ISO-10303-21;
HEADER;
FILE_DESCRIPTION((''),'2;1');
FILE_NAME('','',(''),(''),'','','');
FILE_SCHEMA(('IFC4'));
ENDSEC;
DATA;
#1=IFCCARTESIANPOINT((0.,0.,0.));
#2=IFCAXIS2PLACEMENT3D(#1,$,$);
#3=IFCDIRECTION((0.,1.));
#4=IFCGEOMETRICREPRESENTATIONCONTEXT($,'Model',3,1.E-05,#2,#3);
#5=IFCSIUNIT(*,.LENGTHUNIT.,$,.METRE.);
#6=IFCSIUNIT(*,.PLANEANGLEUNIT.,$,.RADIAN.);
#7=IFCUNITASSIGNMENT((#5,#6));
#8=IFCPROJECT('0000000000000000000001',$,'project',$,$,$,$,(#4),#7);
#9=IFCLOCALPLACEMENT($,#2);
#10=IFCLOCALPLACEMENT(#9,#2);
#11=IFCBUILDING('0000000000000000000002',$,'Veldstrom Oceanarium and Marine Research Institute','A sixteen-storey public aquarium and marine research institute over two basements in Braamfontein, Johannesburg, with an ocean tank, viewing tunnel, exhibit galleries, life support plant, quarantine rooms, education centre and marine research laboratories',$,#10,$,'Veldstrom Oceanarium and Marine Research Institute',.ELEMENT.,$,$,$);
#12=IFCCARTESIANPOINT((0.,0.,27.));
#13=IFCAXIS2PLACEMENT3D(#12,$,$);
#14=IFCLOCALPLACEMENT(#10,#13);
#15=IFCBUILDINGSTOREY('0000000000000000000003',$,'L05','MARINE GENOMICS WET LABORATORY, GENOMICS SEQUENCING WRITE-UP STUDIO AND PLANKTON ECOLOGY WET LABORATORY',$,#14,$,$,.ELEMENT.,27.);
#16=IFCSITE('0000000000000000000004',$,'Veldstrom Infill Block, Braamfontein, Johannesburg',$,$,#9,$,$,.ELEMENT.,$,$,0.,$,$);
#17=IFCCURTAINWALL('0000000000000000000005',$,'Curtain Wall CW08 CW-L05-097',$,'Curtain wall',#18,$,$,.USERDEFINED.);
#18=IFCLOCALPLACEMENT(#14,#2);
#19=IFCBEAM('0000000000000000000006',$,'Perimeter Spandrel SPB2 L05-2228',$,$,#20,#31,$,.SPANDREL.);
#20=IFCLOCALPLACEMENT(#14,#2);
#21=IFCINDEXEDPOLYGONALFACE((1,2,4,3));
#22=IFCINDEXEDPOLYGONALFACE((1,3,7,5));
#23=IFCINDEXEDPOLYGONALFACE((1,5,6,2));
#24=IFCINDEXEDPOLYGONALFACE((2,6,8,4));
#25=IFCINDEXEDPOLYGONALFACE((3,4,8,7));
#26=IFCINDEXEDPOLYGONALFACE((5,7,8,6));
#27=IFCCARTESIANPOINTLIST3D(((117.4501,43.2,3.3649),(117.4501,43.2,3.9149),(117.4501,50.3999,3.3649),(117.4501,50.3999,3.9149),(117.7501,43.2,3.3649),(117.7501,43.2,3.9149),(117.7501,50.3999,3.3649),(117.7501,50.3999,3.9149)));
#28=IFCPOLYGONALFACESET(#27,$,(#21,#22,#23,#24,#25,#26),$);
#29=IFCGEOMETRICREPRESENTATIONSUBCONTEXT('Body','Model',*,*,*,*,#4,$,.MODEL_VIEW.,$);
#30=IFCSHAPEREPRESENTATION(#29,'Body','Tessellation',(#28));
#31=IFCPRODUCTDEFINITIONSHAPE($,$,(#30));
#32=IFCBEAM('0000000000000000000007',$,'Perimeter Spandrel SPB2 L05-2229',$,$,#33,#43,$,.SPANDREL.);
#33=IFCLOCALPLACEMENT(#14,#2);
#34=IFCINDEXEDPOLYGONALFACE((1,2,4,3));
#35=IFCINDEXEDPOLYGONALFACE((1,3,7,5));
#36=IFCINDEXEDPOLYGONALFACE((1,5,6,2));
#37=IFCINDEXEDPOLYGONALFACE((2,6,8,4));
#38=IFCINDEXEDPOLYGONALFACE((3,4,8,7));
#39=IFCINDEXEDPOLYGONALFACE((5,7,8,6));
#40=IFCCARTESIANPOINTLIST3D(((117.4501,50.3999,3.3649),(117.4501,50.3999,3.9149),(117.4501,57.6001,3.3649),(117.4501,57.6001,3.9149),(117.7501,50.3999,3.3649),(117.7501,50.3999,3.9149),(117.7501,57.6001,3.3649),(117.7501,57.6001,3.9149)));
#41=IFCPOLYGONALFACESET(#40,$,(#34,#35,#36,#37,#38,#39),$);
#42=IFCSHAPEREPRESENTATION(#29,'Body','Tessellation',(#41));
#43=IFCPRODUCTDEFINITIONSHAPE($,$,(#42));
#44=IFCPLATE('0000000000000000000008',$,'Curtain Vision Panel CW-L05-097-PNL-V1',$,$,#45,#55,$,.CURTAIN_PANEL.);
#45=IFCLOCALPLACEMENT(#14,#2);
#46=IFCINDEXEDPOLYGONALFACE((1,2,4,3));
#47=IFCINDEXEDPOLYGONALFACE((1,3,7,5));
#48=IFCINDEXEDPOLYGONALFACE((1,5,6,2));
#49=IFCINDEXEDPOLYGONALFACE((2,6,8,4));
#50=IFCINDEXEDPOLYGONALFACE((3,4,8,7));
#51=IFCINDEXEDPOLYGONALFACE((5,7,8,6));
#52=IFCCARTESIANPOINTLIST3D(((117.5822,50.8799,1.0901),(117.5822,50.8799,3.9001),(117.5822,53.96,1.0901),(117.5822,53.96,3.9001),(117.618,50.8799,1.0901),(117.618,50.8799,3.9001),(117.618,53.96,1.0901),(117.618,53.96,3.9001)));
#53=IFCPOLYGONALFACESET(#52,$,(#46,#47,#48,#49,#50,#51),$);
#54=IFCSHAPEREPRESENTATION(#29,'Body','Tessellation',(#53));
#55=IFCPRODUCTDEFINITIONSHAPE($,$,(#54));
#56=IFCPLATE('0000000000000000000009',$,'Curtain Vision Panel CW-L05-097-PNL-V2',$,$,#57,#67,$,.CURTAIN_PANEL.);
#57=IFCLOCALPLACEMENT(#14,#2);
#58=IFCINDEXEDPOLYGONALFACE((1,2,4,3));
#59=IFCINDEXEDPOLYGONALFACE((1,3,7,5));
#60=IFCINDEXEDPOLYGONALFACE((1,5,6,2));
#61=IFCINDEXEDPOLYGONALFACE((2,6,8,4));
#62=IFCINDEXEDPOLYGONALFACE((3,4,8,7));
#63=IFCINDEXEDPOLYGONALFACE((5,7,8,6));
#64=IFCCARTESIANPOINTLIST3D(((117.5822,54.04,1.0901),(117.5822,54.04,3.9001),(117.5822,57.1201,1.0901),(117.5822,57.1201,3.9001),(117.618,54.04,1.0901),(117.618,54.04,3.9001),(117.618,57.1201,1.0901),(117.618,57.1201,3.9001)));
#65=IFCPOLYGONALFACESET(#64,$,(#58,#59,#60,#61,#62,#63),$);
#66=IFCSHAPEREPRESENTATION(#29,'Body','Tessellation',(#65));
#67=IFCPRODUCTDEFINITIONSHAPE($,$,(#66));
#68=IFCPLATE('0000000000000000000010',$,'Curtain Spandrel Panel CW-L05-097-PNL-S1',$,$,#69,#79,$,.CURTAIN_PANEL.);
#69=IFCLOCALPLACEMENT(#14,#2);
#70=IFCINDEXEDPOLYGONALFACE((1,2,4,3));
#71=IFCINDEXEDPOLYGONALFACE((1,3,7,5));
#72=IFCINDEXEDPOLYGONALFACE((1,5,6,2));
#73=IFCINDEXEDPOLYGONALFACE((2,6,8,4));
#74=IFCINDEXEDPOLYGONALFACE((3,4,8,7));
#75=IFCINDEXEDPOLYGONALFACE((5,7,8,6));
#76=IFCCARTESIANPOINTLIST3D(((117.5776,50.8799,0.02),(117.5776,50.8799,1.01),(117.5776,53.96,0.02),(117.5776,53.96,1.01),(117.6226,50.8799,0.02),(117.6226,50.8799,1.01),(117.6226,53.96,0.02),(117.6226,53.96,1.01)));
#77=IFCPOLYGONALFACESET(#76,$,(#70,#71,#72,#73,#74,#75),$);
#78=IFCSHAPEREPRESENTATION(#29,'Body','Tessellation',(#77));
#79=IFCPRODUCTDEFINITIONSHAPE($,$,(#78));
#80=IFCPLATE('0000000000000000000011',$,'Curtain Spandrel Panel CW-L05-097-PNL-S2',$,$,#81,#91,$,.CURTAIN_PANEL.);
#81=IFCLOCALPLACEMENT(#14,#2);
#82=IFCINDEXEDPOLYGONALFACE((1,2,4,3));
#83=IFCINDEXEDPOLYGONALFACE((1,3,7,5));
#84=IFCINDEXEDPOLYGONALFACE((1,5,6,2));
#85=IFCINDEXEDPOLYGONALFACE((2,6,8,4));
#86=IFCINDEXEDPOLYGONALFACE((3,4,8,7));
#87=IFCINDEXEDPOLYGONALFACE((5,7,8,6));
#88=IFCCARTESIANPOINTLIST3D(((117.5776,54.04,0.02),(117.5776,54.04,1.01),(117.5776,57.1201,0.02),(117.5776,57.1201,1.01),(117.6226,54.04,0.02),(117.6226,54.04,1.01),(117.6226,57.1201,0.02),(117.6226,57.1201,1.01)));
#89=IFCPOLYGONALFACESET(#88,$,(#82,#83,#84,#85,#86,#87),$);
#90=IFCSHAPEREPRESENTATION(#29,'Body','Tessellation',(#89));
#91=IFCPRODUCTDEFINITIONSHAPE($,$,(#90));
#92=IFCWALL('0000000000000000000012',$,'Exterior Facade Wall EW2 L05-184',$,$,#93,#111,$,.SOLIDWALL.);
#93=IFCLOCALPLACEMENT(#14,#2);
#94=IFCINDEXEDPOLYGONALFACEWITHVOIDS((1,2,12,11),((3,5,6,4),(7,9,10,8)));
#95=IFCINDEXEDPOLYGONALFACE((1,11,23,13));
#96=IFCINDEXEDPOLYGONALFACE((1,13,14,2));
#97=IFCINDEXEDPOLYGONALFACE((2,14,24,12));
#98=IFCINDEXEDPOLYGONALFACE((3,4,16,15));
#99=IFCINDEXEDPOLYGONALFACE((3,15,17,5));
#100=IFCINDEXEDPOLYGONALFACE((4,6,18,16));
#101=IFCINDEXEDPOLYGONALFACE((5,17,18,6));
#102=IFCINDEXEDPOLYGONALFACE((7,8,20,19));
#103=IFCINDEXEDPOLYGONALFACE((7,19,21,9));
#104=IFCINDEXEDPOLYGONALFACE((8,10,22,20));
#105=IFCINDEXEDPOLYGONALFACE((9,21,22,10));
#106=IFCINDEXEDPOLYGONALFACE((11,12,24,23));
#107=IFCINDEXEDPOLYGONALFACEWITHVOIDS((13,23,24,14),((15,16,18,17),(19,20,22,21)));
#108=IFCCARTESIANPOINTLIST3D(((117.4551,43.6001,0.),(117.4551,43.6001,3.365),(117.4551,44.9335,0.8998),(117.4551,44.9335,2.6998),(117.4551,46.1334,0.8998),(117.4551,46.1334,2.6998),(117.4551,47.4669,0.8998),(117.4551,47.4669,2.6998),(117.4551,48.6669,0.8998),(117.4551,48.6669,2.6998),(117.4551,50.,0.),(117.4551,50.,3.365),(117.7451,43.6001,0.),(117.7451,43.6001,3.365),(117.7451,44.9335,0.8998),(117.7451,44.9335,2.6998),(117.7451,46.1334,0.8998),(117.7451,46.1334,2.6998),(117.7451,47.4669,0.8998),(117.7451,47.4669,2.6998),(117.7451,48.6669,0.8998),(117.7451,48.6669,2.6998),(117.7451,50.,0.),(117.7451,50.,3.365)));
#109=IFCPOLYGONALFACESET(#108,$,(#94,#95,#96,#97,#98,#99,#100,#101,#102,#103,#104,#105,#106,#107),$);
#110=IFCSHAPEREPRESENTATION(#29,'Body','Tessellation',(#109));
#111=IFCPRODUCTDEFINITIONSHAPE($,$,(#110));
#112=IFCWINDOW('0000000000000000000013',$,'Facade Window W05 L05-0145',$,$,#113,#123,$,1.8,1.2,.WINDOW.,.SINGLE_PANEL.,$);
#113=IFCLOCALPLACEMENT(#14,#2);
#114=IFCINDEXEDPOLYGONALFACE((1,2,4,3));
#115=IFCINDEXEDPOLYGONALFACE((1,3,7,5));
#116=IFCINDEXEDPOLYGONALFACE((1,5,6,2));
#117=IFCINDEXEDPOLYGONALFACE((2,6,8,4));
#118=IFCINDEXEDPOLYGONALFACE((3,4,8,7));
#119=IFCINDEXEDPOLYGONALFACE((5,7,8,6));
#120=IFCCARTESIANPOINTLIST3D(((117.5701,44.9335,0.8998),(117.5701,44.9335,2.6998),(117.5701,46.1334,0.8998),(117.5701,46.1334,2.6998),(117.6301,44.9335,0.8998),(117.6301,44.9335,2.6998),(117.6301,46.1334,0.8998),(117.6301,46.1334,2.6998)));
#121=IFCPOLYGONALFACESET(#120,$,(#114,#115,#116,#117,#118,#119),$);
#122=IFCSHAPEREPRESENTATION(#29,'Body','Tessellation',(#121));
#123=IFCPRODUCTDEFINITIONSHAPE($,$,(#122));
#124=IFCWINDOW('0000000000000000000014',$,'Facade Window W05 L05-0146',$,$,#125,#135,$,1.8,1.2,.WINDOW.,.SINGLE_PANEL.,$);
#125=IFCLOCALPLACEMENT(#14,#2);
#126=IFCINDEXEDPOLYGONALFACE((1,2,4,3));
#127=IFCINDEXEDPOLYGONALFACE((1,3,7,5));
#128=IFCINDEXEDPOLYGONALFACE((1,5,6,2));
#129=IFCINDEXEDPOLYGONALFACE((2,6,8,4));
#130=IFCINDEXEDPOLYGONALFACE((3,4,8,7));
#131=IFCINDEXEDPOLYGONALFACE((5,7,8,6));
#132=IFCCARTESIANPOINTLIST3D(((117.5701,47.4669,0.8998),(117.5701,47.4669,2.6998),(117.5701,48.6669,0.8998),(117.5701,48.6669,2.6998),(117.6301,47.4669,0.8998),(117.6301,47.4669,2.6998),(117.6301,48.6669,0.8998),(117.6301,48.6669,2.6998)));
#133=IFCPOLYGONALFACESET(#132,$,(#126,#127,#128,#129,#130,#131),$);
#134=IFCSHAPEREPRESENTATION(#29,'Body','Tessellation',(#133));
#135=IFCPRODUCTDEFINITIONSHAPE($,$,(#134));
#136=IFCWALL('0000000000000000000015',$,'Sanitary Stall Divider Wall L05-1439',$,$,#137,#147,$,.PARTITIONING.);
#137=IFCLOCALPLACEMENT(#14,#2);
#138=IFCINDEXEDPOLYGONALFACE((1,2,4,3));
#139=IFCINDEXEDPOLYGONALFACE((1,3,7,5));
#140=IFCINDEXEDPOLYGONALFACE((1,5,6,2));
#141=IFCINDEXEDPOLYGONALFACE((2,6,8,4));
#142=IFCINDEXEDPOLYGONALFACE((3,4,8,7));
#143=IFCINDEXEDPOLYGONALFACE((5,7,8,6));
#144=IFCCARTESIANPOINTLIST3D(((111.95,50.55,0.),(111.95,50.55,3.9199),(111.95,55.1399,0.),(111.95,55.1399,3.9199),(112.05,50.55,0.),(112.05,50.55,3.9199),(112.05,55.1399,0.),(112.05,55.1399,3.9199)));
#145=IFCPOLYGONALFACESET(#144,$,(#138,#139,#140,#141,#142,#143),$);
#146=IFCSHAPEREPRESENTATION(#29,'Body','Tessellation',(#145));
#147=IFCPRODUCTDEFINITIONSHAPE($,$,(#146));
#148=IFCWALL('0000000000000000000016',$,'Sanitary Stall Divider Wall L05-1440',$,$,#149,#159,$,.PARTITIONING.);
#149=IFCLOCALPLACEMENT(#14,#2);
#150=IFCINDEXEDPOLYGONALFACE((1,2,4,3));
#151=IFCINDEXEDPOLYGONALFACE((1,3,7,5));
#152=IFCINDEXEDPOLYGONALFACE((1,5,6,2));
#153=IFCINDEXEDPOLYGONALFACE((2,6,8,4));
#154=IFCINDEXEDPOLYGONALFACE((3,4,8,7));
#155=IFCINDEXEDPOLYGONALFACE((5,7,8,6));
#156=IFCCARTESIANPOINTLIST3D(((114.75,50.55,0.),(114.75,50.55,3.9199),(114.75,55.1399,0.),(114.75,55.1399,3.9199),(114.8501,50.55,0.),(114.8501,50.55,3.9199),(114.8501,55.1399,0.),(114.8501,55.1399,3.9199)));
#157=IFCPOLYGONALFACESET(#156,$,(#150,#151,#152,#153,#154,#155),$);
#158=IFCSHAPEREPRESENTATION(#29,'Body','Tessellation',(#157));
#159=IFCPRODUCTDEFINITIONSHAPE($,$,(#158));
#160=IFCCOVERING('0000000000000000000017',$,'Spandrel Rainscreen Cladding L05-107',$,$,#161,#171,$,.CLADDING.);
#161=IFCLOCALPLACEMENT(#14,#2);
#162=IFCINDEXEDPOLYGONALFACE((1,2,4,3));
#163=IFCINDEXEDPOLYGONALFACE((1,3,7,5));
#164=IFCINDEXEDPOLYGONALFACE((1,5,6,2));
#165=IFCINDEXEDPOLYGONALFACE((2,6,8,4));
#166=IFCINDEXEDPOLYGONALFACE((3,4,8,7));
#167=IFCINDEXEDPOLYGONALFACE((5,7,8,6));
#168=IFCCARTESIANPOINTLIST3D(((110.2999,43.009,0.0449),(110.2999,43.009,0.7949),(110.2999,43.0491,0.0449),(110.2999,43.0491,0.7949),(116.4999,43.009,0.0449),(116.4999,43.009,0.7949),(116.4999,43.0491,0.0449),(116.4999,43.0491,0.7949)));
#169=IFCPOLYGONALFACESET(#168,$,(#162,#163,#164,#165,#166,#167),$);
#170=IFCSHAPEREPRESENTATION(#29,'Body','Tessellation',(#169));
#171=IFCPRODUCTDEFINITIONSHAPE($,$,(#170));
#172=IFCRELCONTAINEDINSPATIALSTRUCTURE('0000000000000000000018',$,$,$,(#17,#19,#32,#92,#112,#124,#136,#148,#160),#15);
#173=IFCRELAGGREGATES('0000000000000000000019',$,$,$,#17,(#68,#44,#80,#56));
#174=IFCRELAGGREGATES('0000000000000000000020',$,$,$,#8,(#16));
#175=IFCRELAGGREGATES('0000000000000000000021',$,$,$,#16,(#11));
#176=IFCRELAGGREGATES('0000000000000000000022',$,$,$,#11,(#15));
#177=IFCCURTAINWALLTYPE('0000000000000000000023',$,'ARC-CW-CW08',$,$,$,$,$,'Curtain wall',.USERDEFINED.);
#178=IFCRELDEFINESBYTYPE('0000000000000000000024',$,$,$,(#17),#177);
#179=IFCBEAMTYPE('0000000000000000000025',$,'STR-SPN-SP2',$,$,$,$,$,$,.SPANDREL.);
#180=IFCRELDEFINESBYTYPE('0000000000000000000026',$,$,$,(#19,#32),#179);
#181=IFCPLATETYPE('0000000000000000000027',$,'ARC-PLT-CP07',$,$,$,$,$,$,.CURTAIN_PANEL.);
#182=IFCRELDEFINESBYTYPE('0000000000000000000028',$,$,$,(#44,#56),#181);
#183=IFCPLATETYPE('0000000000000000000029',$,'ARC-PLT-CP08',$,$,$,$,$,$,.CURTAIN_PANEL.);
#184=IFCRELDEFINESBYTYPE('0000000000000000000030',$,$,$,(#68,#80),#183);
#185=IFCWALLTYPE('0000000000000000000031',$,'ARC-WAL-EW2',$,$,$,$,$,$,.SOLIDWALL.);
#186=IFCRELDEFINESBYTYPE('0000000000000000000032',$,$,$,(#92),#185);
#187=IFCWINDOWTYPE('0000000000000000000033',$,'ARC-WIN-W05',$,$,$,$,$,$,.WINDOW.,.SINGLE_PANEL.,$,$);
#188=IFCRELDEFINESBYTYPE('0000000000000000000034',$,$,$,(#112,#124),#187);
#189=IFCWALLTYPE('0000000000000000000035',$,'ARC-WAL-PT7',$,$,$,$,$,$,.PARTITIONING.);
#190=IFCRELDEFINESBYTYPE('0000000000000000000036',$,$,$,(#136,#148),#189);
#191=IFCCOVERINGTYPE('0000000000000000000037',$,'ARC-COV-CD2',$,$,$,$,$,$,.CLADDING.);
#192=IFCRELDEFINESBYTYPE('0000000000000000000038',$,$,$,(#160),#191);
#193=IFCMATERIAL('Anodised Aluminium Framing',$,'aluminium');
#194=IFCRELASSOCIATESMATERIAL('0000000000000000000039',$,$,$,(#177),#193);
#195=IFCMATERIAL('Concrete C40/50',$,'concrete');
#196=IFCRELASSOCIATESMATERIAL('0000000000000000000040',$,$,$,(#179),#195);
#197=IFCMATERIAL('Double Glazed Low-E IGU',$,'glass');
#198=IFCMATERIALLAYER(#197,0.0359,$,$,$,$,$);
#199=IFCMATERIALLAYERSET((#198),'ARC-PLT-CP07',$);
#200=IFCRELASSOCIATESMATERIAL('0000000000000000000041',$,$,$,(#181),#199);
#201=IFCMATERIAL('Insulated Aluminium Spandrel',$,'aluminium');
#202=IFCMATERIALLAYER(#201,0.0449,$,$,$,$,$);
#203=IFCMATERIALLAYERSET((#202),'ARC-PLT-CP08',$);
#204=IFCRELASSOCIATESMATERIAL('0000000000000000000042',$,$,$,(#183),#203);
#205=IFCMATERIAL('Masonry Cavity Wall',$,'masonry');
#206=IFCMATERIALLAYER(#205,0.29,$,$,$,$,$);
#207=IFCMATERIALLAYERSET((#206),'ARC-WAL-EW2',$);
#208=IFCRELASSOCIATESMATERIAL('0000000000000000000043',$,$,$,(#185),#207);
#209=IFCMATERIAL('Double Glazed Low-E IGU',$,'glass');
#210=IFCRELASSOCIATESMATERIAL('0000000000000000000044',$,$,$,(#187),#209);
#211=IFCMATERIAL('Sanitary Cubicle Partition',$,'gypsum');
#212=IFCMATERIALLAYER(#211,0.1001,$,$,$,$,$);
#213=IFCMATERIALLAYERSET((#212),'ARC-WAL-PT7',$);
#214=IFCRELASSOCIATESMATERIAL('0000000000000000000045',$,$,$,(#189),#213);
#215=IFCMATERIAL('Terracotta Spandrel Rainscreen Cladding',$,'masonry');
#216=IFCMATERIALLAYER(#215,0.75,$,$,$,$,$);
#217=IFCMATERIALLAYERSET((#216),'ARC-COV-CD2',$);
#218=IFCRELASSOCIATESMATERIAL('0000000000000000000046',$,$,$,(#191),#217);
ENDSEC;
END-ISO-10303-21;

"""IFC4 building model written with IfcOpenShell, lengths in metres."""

from ifc_helpers import new_model, si_unit, direction, frame, frame_2d, origin, origin_2d, place, context, subcontext, project, spatial, rectangle, extrude, material, layer, layer_set, material_profile, profile_set, type_object, element, fill, aggregate, save


model = new_model("IFC4")

# Units and contexts
model_context = context("Model", 3, precision=1e-05, world=origin(), true_north=direction((0.0, 1.0)))
body_context = subcontext(model_context, "Body", "Model", "MODEL_VIEW")
ifc_project = project(units=[si_unit("LENGTHUNIT", "METRE"), si_unit("PLANEANGLEUNIT", "RADIAN")], contexts=[model_context])

# Site, building, storey
site_placement = place(None, origin())
site = spatial("IfcSite", under=ifc_project, at=site_placement, Name="Veldstrom Infill Block, Braamfontein, Johannesburg", CompositionType="ELEMENT", RefElevation=0.0)
building_placement = place(site_placement, origin())
building = spatial("IfcBuilding", under=site, at=building_placement, Name="Veldstrom Oceanarium and Marine Research Institute", Description="A sixteen-storey public aquarium and marine research institute over two basements in Braamfontein, Johannesburg, with an ocean tank, viewing tunnel, exhibit galleries, life support plant, quarantine rooms, education centre and marine research laboratories", LongName="Veldstrom Oceanarium and Marine Research Institute", CompositionType="ELEMENT")
storey_placement = place(building_placement, frame((0.0, 0.0, 27.0)))
storey = spatial("IfcBuildingStorey", under=building, at=storey_placement, Name="L05", Description="MARINE GENOMICS WET LABORATORY, GENOMICS SEQUENCING WRITE-UP STUDIO AND PLANKTON ECOLOGY WET LABORATORY", CompositionType="ELEMENT", Elevation=27.0)

# Curtain wall
ifc_material_1 = material(Name="Anodised Aluminium Framing", Category="aluminium")
curtain_wall_type = type_object("IfcCurtainWallType", Name="ARC-CW-CW08", ElementType="Curtain wall", PredefinedType="USERDEFINED", material=ifc_material_1)
curtain_wall_placement = place(storey_placement, origin())
curtain_wall = element("IfcCurtainWall", 1, at=curtain_wall_placement, inside=storey, type_object=curtain_wall_type, Name="Curtain Wall CW08 CW-L05-097", ObjectType="Curtain wall", PredefinedType="USERDEFINED")

# Beams
ifc_material_2 = material(Name="Concrete C40/50", Category="concrete")
ifc_material_profile_1 = material_profile(ifc_material_2, rectangle(XDim=0.3, YDim=0.55, at=origin_2d()), Name="RC-SPN-300x550")
ifc_profile_set_1 = profile_set([ifc_material_profile_1], Name="Concrete C40/50")
beam_type_1 = type_object("IfcBeamType", Name="STR-SPN-SP2", PredefinedType="SPANDREL", material=ifc_profile_set_1)
beam_1_placement = place(storey_placement, frame((117.6001, 43.2, 3.6399), z_axis=(0.0, 1.0, 0.0), x_axis=(-1.0, 0.0, 0.0)))
element("IfcBeam", 2, at=beam_1_placement, inside=storey, type_object=beam_type_1, Name="Perimeter Spandrel SPB2 L05-2228", PredefinedType="SPANDREL", context=body_context, shape_type="SweptSolid", body=[
    extrude(rectangle(XDim=0.3, YDim=0.55, at=origin_2d()), origin(), (0.0, 0.0, 1.0), 7.2),
])
beam_2_placement = place(storey_placement, frame((117.6001, 50.3999, 3.6399), z_axis=(0.0, 1.0, 0.0), x_axis=(-1.0, 0.0, 0.0)))
element("IfcBeam", 3, at=beam_2_placement, inside=storey, type_object=beam_type_1, Name="Perimeter Spandrel SPB2 L05-2229", PredefinedType="SPANDREL", context=body_context, shape_type="SweptSolid", body=[
    extrude(rectangle(XDim=0.3, YDim=0.55, at=origin_2d()), origin(), (0.0, 0.0, 1.0), 7.2002),
])

# Plates
ifc_material_3 = material(Name="Double Glazed Low-E IGU", Category="glass")
ifc_layer_1 = layer(ifc_material_3, 0.0359)
ifc_layer_set_1 = layer_set([ifc_layer_1], Name="ARC-PLT-CP07")
plate_type_1 = type_object("IfcPlateType", Name="ARC-PLT-CP07", PredefinedType="CURTAIN_PANEL", material=ifc_layer_set_1)
plate_1_placement = place(storey_placement, frame((117.6001, 52.4199, 1.0901), z_axis=(0.0, 0.0, 1.0), x_axis=(0.0, 1.0, 0.0)))
plate_1 = element("IfcPlate", 4, at=plate_1_placement, type_object=plate_type_1, Name="Curtain Vision Panel CW-L05-097-PNL-V1", PredefinedType="CURTAIN_PANEL", context=body_context, shape_type="SweptSolid", body=[
    extrude(rectangle(XDim=3.0801, YDim=0.0359, at=origin_2d()), origin(), (0.0, 0.0, 1.0), 2.8101),
])
plate_2_placement = place(storey_placement, frame((117.6001, 55.5801, 1.0901), z_axis=(0.0, 0.0, 1.0), x_axis=(0.0, 1.0, 0.0)))
plate_2 = element("IfcPlate", 5, at=plate_2_placement, type_object=plate_type_1, Name="Curtain Vision Panel CW-L05-097-PNL-V2", PredefinedType="CURTAIN_PANEL", context=body_context, shape_type="SweptSolid", body=[
    extrude(rectangle(XDim=3.0801, YDim=0.0359, at=origin_2d()), origin(), (0.0, 0.0, 1.0), 2.8101),
])
ifc_material_4 = material(Name="Insulated Aluminium Spandrel", Category="aluminium")
ifc_layer_2 = layer(ifc_material_4, 0.0449)
ifc_layer_set_2 = layer_set([ifc_layer_2], Name="ARC-PLT-CP08")
plate_type_2 = type_object("IfcPlateType", Name="ARC-PLT-CP08", PredefinedType="CURTAIN_PANEL", material=ifc_layer_set_2)
plate_3_placement = place(storey_placement, frame((117.6001, 52.4199, 0.02), z_axis=(0.0, 0.0, 1.0), x_axis=(0.0, 1.0, 0.0)))
plate_3 = element("IfcPlate", 6, at=plate_3_placement, type_object=plate_type_2, Name="Curtain Spandrel Panel CW-L05-097-PNL-S1", PredefinedType="CURTAIN_PANEL", context=body_context, shape_type="SweptSolid", body=[
    extrude(rectangle(XDim=3.0801, YDim=0.0449, at=origin_2d()), origin(), (0.0, 0.0, 1.0), 0.99),
])
plate_4_placement = place(storey_placement, frame((117.6001, 55.5801, 0.02), z_axis=(0.0, 0.0, 1.0), x_axis=(0.0, 1.0, 0.0)))
plate_4 = element("IfcPlate", 7, at=plate_4_placement, type_object=plate_type_2, Name="Curtain Spandrel Panel CW-L05-097-PNL-S2", PredefinedType="CURTAIN_PANEL", context=body_context, shape_type="SweptSolid", body=[
    extrude(rectangle(XDim=3.0801, YDim=0.0449, at=origin_2d()), origin(), (0.0, 0.0, 1.0), 0.99),
])
aggregate(curtain_wall, [plate_3, plate_1, plate_4, plate_2])

# Wall, openings, windows
ifc_material_5 = material(Name="Masonry Cavity Wall", Category="masonry")
ifc_layer_3 = layer(ifc_material_5, 0.29)
ifc_layer_set_3 = layer_set([ifc_layer_3], Name="ARC-WAL-EW2")
wall_type_1 = type_object("IfcWallType", Name="ARC-WAL-EW2", PredefinedType="SOLIDWALL", material=ifc_layer_set_3)
wall_placement = place(storey_placement, frame((117.6001, 43.6001, 0.0), z_axis=(0.0, 0.0, 1.0), x_axis=(0.0, 1.0, 0.0)))
wall = element("IfcWall", 8, at=wall_placement, inside=storey, type_object=wall_type_1, Name="Exterior Facade Wall EW2 L05-184", PredefinedType="SOLIDWALL", context=body_context, shape_type="SweptSolid", body=[
    extrude(rectangle(XDim=6.3999, YDim=0.29, at=frame_2d((3.2, 0.0))), origin(), (0.0, 0.0, 1.0), 3.365),
])
opening_1_placement = place(wall_placement, frame((1.3333, 0.0, 0.8999)))
opening_1 = element("IfcOpeningElement", 9, at=opening_1_placement, cuts=wall, PredefinedType="OPENING", context=body_context, shape_type="SweptSolid", body=[
    extrude(rectangle(XDim=1.2, YDim=1.8, at=frame_2d((0.6001, 0.8999))), frame((0.0, 0.155, 0.0), z_axis=(0.0, -1.0, 0.0), x_axis=(1.0, 0.0, 0.0)), (0.0, 0.0, 1.0), 0.3101),
])
opening_2_placement = place(wall_placement, frame((3.8667, 0.0, 0.8999)))
opening_2 = element("IfcOpeningElement", 10, at=opening_2_placement, cuts=wall, PredefinedType="OPENING", context=body_context, shape_type="SweptSolid", body=[
    extrude(rectangle(XDim=1.2, YDim=1.8, at=frame_2d((0.6001, 0.8999))), frame((0.0, 0.155, 0.0), z_axis=(0.0, -1.0, 0.0), x_axis=(1.0, 0.0, 0.0)), (0.0, 0.0, 1.0), 0.3101),
])
ifc_material_6 = material(Name="Double Glazed Low-E IGU", Category="glass")
window_type = type_object("IfcWindowType", Name="ARC-WIN-W05", PartitioningType="SINGLE_PANEL", PredefinedType="WINDOW", material=ifc_material_6)
window_1_placement = place(opening_1_placement, origin())
window_1 = element("IfcWindow", 11, at=window_1_placement, inside=storey, type_object=window_type, Name="Facade Window W05 L05-0145", OverallHeight=1.8, OverallWidth=1.2, PartitioningType="SINGLE_PANEL", PredefinedType="WINDOW", context=body_context, shape_type="SweptSolid", body=[
    extrude(rectangle(XDim=1.2, YDim=1.8, at=frame_2d((0.6001, 0.8999))), frame((0.0, 0.03, 0.0), z_axis=(0.0, -1.0, 0.0), x_axis=(1.0, 0.0, 0.0)), (0.0, 0.0, 1.0), 0.0601),
])
fill(opening_1, window_1)
window_2_placement = place(opening_2_placement, origin())
window_2 = element("IfcWindow", 12, at=window_2_placement, inside=storey, type_object=window_type, Name="Facade Window W05 L05-0146", OverallHeight=1.8, OverallWidth=1.2, PartitioningType="SINGLE_PANEL", PredefinedType="WINDOW", context=body_context, shape_type="SweptSolid", body=[
    extrude(rectangle(XDim=1.2, YDim=1.8, at=frame_2d((0.6001, 0.8999))), frame((0.0, 0.03, 0.0), z_axis=(0.0, -1.0, 0.0), x_axis=(1.0, 0.0, 0.0)), (0.0, 0.0, 1.0), 0.0601),
])
fill(opening_2, window_2)

# Walls
ifc_material_7 = material(Name="Sanitary Cubicle Partition", Category="gypsum")
ifc_layer_4 = layer(ifc_material_7, 0.1001)
ifc_layer_set_4 = layer_set([ifc_layer_4], Name="ARC-WAL-PT7")
wall_type_2 = type_object("IfcWallType", Name="ARC-WAL-PT7", PredefinedType="PARTITIONING", material=ifc_layer_set_4)
for number, where, z_axis, x_axis, name in (
    (13, (112.0, 50.55, 0.0), (0.0, 0.0, 1.0), (0.0, 1.0, 0.0), "Sanitary Stall Divider Wall L05-1439"),
    (14, (114.8, 50.55, 0.0), (0.0, 0.0, 1.0), (0.0, 1.0, 0.0), "Sanitary Stall Divider Wall L05-1440"),
):
    element("IfcWall", number, at=place(storey_placement, frame(where, z_axis=z_axis, x_axis=x_axis)), inside=storey, type_object=wall_type_2, Name=name, PredefinedType="PARTITIONING", context=body_context, shape_type="SweptSolid", body=[
        extrude(rectangle(XDim=4.5898, YDim=0.1001, at=frame_2d((2.2949, 0.0))), origin(), (0.0, 0.0, 1.0), 3.9199),
    ])

# Covering
ifc_material_8 = material(Name="Terracotta Spandrel Rainscreen Cladding", Category="masonry")
ifc_layer_5 = layer(ifc_material_8, 0.75)
ifc_layer_set_5 = layer_set([ifc_layer_5], Name="ARC-COV-CD2")
covering_type = type_object("IfcCoveringType", Name="ARC-COV-CD2", PredefinedType="CLADDING", material=ifc_layer_set_5)
covering_placement = place(storey_placement, frame((113.3999, 43.0291, 0.0449), z_axis=(0.0, 0.0, 1.0), x_axis=(1.0, 0.0, 0.0)))
element("IfcCovering", 15, at=covering_placement, inside=storey, type_object=covering_type, Name="Spandrel Rainscreen Cladding L05-107", PredefinedType="CLADDING", context=body_context, shape_type="SweptSolid", body=[
    extrude(rectangle(XDim=6.2, YDim=0.04, at=origin_2d()), origin(), (0.0, 0.0, 1.0), 0.75),
])

save(model, "model.ifc")
